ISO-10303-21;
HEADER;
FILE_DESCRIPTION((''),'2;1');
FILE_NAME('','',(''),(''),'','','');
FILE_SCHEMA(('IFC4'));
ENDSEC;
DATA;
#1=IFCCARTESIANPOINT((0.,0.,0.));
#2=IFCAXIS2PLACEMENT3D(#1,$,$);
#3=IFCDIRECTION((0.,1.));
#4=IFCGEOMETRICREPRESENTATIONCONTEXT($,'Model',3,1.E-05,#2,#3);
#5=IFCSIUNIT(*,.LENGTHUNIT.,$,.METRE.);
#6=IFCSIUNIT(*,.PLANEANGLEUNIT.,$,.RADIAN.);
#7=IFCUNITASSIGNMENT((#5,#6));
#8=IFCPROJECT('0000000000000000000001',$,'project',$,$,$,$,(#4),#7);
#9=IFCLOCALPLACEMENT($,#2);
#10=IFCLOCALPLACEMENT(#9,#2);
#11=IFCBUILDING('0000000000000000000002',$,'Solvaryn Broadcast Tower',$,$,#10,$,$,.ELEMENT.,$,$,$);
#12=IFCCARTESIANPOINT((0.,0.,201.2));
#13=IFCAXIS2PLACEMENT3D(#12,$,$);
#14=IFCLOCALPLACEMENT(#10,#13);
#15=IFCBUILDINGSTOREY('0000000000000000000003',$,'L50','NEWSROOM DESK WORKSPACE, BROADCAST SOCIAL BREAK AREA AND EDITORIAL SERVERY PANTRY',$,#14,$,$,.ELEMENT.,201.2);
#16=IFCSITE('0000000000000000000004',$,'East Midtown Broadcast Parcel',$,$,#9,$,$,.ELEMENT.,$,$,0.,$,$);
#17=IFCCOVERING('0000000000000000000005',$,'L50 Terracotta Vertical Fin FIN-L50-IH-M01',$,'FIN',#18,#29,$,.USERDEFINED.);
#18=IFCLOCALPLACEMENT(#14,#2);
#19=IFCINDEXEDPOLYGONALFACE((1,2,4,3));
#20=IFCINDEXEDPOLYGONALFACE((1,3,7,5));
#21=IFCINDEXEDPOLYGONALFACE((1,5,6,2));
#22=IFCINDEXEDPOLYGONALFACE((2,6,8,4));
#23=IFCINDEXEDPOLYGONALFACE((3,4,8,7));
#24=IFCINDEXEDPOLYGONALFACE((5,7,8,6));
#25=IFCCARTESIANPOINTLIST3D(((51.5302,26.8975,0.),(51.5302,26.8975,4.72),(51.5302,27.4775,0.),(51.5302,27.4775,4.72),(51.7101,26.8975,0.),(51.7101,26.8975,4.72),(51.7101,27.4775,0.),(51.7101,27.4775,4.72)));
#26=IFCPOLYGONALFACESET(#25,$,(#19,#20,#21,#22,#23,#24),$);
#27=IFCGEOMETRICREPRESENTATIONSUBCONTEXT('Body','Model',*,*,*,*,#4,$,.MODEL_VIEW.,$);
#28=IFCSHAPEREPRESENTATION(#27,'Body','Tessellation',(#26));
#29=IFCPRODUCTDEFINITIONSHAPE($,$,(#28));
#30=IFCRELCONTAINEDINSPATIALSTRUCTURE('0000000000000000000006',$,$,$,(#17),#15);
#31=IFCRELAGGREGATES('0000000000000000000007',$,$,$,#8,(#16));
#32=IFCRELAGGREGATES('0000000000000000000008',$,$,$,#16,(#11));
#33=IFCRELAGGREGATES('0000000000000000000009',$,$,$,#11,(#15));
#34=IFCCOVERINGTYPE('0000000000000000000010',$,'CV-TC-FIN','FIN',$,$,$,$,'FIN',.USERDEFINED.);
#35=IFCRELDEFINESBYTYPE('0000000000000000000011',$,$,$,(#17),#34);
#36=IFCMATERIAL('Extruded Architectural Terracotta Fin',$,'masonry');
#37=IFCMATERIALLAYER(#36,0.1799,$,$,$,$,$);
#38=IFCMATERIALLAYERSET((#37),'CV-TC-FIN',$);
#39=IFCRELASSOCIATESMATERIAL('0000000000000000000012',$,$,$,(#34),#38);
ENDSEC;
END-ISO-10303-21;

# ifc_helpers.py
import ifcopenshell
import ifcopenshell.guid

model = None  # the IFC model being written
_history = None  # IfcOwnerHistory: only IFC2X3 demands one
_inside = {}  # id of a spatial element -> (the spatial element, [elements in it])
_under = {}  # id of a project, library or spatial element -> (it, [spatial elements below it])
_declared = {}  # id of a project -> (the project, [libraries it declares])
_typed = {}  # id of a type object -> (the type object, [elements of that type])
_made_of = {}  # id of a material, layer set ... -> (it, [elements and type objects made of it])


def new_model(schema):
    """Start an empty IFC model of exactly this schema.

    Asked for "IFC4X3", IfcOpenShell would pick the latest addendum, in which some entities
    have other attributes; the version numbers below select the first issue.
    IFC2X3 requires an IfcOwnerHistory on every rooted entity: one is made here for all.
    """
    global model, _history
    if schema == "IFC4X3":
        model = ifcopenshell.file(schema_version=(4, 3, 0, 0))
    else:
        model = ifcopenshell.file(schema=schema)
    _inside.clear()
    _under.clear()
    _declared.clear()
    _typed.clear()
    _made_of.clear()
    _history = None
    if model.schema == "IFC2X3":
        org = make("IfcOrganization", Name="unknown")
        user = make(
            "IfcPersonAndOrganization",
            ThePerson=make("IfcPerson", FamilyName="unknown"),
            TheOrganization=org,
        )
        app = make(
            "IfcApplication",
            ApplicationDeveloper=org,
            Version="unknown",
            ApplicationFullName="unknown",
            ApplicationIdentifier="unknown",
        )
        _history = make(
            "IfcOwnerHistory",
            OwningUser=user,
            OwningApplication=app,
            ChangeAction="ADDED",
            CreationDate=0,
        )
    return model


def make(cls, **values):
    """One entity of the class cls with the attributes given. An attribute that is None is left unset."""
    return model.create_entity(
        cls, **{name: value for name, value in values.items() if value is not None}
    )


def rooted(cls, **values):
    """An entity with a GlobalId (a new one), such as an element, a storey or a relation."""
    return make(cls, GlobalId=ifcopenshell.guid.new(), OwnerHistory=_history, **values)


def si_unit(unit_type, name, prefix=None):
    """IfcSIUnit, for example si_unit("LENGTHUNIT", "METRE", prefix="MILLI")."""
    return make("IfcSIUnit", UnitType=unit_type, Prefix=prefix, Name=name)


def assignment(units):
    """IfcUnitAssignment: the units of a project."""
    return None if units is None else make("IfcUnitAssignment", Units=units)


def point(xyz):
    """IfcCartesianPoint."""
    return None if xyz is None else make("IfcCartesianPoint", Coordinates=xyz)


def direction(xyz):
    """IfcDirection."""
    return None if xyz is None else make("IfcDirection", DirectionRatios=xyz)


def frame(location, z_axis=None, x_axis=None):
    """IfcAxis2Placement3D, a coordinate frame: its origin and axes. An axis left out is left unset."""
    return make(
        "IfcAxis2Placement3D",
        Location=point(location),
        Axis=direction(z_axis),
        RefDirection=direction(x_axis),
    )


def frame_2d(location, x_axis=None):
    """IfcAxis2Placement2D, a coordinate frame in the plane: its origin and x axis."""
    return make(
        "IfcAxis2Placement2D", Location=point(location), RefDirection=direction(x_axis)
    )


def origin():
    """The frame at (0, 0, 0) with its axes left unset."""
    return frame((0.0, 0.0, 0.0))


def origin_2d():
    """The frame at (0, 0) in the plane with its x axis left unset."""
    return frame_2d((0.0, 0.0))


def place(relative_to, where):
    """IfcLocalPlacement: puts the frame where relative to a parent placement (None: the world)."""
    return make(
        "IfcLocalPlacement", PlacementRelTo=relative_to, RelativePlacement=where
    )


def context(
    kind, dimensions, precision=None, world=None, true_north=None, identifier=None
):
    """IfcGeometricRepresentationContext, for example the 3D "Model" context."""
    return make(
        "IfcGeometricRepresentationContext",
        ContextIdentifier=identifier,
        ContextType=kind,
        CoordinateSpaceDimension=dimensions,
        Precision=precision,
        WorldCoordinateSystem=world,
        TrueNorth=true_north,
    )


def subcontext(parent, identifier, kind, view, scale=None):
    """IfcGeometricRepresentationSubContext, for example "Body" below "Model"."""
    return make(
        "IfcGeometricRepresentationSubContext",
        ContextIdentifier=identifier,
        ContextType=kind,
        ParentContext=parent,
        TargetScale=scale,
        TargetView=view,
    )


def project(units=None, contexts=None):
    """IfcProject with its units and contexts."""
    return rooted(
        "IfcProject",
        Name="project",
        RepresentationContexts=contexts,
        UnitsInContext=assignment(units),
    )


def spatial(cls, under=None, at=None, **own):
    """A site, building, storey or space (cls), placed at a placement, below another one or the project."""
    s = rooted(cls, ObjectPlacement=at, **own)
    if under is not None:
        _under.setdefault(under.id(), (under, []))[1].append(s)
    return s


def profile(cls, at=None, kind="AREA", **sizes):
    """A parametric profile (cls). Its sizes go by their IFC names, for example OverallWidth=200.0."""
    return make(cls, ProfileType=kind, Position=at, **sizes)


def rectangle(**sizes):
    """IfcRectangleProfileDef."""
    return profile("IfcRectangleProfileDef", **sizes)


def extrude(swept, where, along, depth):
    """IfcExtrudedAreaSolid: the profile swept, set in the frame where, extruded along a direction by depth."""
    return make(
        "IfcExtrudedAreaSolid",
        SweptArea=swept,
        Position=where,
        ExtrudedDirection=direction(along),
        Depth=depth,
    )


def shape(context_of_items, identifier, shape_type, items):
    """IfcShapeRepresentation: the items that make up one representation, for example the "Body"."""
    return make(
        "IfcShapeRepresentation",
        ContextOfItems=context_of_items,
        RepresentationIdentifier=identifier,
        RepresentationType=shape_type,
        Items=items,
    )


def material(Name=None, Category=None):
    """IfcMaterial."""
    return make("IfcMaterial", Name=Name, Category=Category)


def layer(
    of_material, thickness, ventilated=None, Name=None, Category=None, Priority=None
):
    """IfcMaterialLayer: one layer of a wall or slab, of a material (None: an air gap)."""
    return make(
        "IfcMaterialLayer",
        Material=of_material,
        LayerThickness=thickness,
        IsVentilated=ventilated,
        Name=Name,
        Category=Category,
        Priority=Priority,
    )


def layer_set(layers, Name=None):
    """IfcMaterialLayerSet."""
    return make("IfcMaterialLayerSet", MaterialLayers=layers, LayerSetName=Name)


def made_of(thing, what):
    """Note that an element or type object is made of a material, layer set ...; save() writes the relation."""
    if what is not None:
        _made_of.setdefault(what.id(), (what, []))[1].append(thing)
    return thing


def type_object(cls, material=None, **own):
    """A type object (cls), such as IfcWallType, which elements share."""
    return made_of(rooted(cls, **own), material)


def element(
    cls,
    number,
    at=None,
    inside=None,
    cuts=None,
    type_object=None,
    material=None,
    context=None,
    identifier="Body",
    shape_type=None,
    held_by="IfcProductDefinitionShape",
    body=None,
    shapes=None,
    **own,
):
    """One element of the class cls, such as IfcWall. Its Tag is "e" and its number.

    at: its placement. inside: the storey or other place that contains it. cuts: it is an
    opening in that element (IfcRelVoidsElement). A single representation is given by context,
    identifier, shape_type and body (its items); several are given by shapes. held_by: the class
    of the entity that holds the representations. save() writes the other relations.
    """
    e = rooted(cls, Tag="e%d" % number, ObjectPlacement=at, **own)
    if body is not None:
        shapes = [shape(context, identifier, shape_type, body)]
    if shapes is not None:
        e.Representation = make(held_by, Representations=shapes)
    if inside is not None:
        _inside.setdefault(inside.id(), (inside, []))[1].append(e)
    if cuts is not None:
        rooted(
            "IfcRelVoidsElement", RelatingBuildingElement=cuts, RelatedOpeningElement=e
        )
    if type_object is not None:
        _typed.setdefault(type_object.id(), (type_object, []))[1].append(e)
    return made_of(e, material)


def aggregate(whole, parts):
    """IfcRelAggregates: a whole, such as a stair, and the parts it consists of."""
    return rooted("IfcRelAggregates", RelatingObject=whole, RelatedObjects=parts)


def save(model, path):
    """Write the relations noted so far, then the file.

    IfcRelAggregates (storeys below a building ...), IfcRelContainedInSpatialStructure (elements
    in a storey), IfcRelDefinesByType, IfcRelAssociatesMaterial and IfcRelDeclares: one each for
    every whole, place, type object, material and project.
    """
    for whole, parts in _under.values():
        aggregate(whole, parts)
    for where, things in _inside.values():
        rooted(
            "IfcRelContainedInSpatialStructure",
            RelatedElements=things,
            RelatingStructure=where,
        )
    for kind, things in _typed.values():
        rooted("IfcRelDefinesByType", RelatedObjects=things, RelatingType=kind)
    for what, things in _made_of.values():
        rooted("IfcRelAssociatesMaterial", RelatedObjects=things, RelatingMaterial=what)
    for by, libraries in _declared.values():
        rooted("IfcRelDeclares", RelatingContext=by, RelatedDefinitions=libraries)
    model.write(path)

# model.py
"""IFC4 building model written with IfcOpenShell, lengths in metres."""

from ifc_helpers import new_model, si_unit, direction, frame, origin, origin_2d, place, context, subcontext, project, spatial, rectangle, extrude, material, layer, layer_set, type_object, element, save


model = new_model("IFC4")

# Units and contexts
model_context = context("Model", 3, precision=1e-05, world=origin(), true_north=direction((0.0, 1.0)))
body_context = subcontext(model_context, "Body", "Model", "MODEL_VIEW")
ifc_project = project(units=[si_unit("LENGTHUNIT", "METRE"), si_unit("PLANEANGLEUNIT", "RADIAN")], contexts=[model_context])

# Site, building, storey
site_placement = place(None, origin())
site = spatial("IfcSite", under=ifc_project, at=site_placement, Name="East Midtown Broadcast Parcel", CompositionType="ELEMENT", RefElevation=0.0)
building_placement = place(site_placement, origin())
building = spatial("IfcBuilding", under=site, at=building_placement, Name="Solvaryn Broadcast Tower", CompositionType="ELEMENT")
storey_placement = place(building_placement, frame((0.0, 0.0, 201.2)))
storey = spatial("IfcBuildingStorey", under=building, at=storey_placement, Name="L50", Description="NEWSROOM DESK WORKSPACE, BROADCAST SOCIAL BREAK AREA AND EDITORIAL SERVERY PANTRY", CompositionType="ELEMENT", Elevation=201.2)

# Covering
ifc_material_1 = material(Name="Extruded Architectural Terracotta Fin", Category="masonry")
ifc_layer_1 = layer(ifc_material_1, 0.1799)
ifc_layer_set_1 = layer_set([ifc_layer_1], Name="CV-TC-FIN")
covering_type = type_object("IfcCoveringType", Name="CV-TC-FIN", Description="FIN", ElementType="FIN", PredefinedType="USERDEFINED", material=ifc_layer_set_1)
covering_1_placement = place(storey_placement, frame((51.6201, 27.1875, 0.0), z_axis=(0.0, 0.0, 1.0), x_axis=(1.0, 0.0, 0.0)))
element("IfcCovering", 1, at=covering_1_placement, inside=storey, type_object=covering_type, Name="L50 Terracotta Vertical Fin FIN-L50-IH-M01", ObjectType="FIN", PredefinedType="USERDEFINED", context=body_context, shape_type="SweptSolid", body=[
    extrude(rectangle(XDim=0.1799, YDim=0.5801, at=origin_2d()), origin(), (0.0, 0.0, 1.0), 4.72),
])

save(model, "model.ifc")
